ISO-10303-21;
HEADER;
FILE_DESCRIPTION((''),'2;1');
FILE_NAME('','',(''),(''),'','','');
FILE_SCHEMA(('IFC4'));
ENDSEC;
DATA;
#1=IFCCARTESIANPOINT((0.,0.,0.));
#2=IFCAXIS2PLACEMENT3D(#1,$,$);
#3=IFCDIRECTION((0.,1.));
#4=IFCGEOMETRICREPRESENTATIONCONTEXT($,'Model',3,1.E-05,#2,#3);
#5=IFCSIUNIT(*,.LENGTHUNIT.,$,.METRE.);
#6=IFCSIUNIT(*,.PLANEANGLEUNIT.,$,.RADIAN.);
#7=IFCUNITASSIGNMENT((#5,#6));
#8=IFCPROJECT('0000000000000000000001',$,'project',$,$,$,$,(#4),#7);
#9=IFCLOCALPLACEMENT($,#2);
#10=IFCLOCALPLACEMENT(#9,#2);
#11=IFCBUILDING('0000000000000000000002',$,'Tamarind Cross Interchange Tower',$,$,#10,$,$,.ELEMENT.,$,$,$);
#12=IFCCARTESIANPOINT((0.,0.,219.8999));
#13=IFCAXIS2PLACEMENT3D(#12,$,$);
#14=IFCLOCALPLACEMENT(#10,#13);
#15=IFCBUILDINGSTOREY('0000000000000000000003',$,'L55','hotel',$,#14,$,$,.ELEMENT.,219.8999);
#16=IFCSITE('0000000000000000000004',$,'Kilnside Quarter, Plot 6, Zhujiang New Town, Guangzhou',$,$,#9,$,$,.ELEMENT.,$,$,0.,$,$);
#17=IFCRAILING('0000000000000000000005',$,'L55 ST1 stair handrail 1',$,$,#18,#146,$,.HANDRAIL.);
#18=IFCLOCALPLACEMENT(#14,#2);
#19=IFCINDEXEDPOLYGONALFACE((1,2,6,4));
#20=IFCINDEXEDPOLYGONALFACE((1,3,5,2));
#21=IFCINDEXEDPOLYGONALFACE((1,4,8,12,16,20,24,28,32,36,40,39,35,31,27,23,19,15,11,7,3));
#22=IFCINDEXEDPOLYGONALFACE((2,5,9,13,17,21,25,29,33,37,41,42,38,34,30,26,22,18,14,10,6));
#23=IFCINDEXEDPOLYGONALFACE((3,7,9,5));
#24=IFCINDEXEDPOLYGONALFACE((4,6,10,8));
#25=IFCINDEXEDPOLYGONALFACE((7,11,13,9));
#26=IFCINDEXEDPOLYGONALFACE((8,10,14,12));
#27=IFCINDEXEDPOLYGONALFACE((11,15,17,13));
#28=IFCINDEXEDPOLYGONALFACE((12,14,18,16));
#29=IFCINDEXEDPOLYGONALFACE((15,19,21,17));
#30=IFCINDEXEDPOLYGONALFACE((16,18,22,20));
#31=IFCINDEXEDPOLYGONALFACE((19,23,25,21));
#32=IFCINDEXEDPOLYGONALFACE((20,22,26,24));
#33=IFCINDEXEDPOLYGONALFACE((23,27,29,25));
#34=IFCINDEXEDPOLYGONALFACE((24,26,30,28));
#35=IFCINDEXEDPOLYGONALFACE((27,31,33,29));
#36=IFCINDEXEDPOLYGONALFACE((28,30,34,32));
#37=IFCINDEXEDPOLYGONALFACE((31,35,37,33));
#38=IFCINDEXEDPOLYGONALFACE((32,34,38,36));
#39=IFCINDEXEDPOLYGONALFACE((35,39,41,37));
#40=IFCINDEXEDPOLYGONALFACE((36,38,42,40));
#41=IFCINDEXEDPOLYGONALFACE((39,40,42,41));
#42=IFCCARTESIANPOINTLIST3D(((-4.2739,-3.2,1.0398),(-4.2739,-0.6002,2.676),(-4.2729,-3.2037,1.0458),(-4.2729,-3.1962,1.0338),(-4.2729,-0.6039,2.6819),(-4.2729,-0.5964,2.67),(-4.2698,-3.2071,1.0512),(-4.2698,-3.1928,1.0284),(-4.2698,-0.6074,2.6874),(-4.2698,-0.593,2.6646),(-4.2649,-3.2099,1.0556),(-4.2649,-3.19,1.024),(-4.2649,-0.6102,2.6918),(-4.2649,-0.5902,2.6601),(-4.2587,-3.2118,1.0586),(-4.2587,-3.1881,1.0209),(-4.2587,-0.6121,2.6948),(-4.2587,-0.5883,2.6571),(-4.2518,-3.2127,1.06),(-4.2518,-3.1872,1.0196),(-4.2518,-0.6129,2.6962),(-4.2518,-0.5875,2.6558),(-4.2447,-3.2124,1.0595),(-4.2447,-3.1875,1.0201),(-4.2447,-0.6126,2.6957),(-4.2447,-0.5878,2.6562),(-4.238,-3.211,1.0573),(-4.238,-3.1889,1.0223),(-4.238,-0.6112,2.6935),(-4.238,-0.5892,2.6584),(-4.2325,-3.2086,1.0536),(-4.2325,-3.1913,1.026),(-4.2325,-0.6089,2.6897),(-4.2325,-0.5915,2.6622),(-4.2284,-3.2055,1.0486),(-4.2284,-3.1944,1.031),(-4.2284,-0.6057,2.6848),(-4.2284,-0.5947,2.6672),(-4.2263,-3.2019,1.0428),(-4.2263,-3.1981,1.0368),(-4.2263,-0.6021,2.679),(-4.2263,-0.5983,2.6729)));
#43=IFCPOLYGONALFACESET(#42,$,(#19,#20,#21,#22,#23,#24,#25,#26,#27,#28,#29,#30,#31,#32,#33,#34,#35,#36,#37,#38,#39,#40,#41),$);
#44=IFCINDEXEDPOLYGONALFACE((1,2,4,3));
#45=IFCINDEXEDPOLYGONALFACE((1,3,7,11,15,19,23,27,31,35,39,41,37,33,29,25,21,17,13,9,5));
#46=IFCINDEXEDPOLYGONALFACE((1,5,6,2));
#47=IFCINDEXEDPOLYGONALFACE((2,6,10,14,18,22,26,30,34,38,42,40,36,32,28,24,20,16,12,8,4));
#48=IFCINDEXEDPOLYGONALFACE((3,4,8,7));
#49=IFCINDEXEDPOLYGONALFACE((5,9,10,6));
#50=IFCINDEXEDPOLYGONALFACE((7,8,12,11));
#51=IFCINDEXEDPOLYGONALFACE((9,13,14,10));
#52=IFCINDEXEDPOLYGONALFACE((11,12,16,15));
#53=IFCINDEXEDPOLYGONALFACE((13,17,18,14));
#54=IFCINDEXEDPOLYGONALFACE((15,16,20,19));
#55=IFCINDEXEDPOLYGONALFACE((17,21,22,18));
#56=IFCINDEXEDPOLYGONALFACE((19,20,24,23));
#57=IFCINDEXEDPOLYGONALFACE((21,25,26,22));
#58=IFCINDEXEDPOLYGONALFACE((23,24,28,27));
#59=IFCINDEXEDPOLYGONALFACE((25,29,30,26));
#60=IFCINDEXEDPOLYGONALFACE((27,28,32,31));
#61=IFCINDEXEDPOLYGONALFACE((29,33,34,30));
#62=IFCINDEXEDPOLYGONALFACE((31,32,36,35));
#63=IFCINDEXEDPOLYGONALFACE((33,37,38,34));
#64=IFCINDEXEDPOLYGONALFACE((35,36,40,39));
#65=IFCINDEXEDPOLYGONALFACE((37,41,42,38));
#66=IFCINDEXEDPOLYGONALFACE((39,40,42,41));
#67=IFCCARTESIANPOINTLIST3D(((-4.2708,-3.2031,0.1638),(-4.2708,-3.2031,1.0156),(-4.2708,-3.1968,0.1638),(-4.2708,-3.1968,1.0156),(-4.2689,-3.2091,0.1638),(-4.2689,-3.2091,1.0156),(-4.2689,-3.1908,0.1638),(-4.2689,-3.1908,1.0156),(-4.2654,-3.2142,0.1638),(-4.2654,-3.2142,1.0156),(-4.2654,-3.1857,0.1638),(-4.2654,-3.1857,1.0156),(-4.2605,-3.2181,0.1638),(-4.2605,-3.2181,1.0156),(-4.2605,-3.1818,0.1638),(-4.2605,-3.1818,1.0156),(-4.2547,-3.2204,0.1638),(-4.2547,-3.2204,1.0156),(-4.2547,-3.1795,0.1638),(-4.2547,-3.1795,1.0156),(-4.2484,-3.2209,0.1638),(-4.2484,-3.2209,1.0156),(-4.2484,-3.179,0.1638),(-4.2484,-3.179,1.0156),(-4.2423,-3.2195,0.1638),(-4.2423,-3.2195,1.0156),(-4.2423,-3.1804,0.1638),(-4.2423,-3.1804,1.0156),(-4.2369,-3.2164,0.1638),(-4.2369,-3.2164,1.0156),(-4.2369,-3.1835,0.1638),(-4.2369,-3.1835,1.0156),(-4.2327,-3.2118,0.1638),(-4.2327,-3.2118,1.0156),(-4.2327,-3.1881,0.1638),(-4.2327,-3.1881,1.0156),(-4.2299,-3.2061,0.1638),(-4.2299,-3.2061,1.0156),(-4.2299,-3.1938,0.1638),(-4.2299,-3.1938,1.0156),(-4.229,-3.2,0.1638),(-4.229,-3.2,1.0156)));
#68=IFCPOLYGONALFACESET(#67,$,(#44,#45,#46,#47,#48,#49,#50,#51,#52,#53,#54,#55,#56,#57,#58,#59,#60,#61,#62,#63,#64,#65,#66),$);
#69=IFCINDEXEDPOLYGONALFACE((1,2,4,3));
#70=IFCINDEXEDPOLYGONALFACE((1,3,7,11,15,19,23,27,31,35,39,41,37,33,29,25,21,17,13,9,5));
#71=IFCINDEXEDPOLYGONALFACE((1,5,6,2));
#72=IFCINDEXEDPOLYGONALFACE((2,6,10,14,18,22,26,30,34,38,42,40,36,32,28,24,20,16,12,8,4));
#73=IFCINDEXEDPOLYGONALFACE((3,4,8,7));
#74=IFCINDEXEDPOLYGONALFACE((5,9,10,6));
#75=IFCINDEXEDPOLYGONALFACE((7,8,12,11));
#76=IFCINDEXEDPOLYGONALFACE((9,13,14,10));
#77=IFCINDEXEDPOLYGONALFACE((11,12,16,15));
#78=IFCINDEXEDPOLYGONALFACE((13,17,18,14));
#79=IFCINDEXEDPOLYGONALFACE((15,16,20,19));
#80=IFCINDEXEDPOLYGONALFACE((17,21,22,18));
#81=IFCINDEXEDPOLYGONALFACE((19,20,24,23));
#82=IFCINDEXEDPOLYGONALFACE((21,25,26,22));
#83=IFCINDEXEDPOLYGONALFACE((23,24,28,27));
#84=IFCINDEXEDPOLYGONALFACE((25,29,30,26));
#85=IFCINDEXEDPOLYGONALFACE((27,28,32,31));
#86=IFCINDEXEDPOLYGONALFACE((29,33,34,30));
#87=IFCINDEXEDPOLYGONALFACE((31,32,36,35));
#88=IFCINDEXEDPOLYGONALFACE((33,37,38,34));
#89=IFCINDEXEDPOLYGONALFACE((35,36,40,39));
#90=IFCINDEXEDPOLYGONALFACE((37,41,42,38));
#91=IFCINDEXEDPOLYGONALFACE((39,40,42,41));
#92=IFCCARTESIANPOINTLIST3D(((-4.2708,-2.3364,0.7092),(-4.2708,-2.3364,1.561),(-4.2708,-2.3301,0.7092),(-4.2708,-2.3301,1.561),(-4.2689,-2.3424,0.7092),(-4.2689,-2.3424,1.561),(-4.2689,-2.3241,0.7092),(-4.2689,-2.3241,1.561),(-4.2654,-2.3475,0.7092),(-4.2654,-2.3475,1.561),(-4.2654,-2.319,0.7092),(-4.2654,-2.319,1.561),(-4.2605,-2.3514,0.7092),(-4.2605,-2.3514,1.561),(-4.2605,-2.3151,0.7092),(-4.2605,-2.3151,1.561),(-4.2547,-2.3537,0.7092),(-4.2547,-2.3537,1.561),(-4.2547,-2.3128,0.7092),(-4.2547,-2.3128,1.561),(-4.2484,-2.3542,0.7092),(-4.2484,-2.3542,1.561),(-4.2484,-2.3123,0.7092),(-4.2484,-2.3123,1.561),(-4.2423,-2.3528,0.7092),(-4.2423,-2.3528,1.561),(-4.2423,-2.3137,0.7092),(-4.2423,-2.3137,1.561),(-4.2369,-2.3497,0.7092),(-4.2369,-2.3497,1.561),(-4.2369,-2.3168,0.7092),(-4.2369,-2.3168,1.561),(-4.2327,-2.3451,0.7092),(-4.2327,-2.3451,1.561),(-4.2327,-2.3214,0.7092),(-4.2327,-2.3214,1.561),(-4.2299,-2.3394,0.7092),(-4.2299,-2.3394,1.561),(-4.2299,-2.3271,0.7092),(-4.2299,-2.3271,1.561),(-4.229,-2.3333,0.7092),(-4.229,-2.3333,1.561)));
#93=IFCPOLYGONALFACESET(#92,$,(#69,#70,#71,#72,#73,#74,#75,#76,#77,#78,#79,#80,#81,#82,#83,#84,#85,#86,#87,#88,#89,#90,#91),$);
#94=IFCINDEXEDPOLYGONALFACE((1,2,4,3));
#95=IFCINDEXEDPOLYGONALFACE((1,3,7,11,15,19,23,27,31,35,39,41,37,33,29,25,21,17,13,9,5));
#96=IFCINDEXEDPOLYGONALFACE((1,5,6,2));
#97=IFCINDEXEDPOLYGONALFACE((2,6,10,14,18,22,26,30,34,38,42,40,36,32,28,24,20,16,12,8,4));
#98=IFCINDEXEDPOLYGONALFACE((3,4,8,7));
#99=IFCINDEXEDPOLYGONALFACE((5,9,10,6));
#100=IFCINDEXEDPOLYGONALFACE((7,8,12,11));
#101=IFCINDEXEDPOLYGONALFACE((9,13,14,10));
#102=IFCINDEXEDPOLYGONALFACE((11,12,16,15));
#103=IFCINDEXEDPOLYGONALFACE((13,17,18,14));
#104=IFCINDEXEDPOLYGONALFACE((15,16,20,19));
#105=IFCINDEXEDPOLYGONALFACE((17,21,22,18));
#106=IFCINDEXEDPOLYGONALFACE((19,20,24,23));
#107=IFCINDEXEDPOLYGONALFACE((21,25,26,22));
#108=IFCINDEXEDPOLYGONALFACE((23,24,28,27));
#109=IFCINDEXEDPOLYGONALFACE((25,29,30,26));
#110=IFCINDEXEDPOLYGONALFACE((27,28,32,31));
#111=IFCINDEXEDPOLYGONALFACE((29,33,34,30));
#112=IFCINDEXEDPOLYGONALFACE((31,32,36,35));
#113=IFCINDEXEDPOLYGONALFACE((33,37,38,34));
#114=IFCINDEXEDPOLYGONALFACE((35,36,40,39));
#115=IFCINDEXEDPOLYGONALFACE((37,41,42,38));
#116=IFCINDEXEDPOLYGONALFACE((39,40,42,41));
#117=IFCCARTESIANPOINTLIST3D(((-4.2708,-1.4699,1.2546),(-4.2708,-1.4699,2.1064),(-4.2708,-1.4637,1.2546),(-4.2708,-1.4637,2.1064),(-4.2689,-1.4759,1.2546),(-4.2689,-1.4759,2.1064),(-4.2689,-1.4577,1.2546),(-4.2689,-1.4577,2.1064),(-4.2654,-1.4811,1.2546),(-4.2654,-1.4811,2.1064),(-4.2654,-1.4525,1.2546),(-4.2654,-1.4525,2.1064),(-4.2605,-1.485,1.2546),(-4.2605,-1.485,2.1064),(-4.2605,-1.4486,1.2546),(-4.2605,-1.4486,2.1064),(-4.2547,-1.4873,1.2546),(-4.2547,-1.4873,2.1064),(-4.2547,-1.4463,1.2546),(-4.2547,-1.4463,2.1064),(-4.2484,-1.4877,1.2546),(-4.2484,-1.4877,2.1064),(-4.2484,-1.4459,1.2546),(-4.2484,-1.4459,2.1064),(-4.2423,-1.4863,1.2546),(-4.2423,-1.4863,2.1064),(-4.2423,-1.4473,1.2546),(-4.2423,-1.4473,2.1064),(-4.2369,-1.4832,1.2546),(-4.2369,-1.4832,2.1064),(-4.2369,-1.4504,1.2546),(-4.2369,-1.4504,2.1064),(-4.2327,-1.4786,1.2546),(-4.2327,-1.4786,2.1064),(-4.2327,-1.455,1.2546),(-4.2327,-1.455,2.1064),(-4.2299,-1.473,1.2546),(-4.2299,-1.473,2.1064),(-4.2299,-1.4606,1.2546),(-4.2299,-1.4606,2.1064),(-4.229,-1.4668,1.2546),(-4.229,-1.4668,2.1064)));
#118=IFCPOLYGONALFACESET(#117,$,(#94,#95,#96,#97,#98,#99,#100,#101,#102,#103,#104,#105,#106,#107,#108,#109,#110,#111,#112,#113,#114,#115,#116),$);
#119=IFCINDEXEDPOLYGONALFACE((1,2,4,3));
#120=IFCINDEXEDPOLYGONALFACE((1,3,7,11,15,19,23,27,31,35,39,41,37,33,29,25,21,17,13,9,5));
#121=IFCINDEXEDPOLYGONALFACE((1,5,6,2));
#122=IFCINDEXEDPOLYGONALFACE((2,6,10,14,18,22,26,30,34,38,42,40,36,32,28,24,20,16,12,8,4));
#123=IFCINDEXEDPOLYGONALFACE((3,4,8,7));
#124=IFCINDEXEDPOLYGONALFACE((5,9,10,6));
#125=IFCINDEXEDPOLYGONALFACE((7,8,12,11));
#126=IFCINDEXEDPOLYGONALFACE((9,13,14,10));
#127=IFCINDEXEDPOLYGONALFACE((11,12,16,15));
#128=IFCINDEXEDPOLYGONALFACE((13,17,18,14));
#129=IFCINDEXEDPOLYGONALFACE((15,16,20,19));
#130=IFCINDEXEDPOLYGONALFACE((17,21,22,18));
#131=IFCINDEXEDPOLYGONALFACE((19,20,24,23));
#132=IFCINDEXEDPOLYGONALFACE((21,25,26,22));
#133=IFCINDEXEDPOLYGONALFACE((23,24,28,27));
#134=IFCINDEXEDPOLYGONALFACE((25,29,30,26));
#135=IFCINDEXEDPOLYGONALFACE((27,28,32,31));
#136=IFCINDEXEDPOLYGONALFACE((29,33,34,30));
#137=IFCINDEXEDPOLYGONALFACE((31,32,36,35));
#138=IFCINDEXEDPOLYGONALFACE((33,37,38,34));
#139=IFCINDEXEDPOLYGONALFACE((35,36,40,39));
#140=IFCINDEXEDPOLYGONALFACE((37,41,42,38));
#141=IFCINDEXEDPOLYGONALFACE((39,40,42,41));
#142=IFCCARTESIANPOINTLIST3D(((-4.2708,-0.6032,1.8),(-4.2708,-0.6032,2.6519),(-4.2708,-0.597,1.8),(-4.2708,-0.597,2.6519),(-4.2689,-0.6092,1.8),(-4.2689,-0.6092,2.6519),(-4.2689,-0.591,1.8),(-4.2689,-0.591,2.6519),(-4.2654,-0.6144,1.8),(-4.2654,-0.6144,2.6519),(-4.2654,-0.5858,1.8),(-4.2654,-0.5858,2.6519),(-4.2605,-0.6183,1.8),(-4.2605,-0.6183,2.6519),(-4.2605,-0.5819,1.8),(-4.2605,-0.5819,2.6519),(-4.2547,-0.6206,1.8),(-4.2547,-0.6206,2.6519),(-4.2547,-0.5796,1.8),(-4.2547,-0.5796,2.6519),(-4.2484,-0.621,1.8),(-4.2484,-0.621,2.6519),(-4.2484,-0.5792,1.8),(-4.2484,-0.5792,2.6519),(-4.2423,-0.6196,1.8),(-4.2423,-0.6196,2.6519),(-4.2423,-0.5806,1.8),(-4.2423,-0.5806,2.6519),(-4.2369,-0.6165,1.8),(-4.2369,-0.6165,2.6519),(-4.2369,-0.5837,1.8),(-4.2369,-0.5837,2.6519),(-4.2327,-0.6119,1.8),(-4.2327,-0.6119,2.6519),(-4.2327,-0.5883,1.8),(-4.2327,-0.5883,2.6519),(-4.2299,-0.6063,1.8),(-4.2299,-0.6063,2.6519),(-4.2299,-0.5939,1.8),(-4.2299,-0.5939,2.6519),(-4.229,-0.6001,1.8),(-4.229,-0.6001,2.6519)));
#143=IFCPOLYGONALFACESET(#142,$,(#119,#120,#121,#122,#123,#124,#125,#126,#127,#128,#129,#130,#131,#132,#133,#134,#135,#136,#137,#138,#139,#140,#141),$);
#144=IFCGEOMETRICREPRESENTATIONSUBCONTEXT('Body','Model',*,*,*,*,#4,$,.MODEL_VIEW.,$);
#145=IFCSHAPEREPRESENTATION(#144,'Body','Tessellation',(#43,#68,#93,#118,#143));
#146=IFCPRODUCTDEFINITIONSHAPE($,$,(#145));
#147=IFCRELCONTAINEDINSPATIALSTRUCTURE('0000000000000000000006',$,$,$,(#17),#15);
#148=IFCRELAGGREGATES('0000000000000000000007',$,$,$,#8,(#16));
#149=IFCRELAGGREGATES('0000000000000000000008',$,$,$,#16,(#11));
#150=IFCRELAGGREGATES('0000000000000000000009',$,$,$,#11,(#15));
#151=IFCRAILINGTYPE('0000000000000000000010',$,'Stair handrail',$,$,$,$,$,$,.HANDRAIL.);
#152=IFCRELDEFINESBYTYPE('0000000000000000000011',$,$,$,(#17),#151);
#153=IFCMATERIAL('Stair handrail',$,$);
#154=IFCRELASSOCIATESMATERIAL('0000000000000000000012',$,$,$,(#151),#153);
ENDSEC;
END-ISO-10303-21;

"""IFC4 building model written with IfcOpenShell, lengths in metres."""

from ifc_helpers import new_model, si_unit, direction, frame, origin, origin_2d, place, context, subcontext, project, spatial, circle, extrude, material, type_object, element, save


model = new_model("IFC4")

# Units and contexts
model_context = context("Model", 3, precision=1e-05, world=origin(), true_north=direction((0.0, 1.0)))
body_context = subcontext(model_context, "Body", "Model", "MODEL_VIEW")
ifc_project = project(units=[si_unit("LENGTHUNIT", "METRE"), si_unit("PLANEANGLEUNIT", "RADIAN")], contexts=[model_context])

# Site, building, storey
site_placement = place(None, origin())
site = spatial("IfcSite", under=ifc_project, at=site_placement, Name="Kilnside Quarter, Plot 6, Zhujiang New Town, Guangzhou", CompositionType="ELEMENT", RefElevation=0.0)
building_placement = place(site_placement, origin())
building = spatial("IfcBuilding", under=site, at=building_placement, Name="Tamarind Cross Interchange Tower", CompositionType="ELEMENT")
storey_placement = place(building_placement, frame((0.0, 0.0, 219.8999)))
storey = spatial("IfcBuildingStorey", under=building, at=storey_placement, Name="L55", Description="hotel", CompositionType="ELEMENT", Elevation=219.8999)

# Railing
ifc_material_1 = material(Name="Stair handrail")
railing_type_1 = type_object("IfcRailingType", Name="Stair handrail", PredefinedType="HANDRAIL", material=ifc_material_1)
railing_1_placement = place(storey_placement, frame((-4.25, -3.2, 0.1638)))
element("IfcRailing", 1, at=railing_1_placement, inside=storey, type_object=railing_type_1, Name="L55 ST1 stair handrail 1", PredefinedType="HANDRAIL", context=body_context, shape_type="SweptSolid", body=[
    extrude(circle(Radius=0.0239, at=origin_2d()), frame((0.0, 0.0, 0.876), z_axis=(0.0, 0.846338, 0.532647), x_axis=(-1.0, 0.0, 0.0)), (0.0, 0.0, 1.0), 3.0718),
    extrude(circle(Radius=0.021, at=origin_2d()), origin(), (0.0, 0.0, 1.0), 0.8518),
    extrude(circle(Radius=0.021, at=origin_2d()), frame((0.0, 0.8667, 0.5454)), (0.0, 0.0, 1.0), 0.8518),
    extrude(circle(Radius=0.021, at=origin_2d()), frame((0.0, 1.7332, 1.0908)), (0.0, 0.0, 1.0), 0.8518),
    extrude(circle(Radius=0.021, at=origin_2d()), frame((0.0, 2.5999, 1.6362)), (0.0, 0.0, 1.0), 0.8518),
])

save(model, "model.ifc")
